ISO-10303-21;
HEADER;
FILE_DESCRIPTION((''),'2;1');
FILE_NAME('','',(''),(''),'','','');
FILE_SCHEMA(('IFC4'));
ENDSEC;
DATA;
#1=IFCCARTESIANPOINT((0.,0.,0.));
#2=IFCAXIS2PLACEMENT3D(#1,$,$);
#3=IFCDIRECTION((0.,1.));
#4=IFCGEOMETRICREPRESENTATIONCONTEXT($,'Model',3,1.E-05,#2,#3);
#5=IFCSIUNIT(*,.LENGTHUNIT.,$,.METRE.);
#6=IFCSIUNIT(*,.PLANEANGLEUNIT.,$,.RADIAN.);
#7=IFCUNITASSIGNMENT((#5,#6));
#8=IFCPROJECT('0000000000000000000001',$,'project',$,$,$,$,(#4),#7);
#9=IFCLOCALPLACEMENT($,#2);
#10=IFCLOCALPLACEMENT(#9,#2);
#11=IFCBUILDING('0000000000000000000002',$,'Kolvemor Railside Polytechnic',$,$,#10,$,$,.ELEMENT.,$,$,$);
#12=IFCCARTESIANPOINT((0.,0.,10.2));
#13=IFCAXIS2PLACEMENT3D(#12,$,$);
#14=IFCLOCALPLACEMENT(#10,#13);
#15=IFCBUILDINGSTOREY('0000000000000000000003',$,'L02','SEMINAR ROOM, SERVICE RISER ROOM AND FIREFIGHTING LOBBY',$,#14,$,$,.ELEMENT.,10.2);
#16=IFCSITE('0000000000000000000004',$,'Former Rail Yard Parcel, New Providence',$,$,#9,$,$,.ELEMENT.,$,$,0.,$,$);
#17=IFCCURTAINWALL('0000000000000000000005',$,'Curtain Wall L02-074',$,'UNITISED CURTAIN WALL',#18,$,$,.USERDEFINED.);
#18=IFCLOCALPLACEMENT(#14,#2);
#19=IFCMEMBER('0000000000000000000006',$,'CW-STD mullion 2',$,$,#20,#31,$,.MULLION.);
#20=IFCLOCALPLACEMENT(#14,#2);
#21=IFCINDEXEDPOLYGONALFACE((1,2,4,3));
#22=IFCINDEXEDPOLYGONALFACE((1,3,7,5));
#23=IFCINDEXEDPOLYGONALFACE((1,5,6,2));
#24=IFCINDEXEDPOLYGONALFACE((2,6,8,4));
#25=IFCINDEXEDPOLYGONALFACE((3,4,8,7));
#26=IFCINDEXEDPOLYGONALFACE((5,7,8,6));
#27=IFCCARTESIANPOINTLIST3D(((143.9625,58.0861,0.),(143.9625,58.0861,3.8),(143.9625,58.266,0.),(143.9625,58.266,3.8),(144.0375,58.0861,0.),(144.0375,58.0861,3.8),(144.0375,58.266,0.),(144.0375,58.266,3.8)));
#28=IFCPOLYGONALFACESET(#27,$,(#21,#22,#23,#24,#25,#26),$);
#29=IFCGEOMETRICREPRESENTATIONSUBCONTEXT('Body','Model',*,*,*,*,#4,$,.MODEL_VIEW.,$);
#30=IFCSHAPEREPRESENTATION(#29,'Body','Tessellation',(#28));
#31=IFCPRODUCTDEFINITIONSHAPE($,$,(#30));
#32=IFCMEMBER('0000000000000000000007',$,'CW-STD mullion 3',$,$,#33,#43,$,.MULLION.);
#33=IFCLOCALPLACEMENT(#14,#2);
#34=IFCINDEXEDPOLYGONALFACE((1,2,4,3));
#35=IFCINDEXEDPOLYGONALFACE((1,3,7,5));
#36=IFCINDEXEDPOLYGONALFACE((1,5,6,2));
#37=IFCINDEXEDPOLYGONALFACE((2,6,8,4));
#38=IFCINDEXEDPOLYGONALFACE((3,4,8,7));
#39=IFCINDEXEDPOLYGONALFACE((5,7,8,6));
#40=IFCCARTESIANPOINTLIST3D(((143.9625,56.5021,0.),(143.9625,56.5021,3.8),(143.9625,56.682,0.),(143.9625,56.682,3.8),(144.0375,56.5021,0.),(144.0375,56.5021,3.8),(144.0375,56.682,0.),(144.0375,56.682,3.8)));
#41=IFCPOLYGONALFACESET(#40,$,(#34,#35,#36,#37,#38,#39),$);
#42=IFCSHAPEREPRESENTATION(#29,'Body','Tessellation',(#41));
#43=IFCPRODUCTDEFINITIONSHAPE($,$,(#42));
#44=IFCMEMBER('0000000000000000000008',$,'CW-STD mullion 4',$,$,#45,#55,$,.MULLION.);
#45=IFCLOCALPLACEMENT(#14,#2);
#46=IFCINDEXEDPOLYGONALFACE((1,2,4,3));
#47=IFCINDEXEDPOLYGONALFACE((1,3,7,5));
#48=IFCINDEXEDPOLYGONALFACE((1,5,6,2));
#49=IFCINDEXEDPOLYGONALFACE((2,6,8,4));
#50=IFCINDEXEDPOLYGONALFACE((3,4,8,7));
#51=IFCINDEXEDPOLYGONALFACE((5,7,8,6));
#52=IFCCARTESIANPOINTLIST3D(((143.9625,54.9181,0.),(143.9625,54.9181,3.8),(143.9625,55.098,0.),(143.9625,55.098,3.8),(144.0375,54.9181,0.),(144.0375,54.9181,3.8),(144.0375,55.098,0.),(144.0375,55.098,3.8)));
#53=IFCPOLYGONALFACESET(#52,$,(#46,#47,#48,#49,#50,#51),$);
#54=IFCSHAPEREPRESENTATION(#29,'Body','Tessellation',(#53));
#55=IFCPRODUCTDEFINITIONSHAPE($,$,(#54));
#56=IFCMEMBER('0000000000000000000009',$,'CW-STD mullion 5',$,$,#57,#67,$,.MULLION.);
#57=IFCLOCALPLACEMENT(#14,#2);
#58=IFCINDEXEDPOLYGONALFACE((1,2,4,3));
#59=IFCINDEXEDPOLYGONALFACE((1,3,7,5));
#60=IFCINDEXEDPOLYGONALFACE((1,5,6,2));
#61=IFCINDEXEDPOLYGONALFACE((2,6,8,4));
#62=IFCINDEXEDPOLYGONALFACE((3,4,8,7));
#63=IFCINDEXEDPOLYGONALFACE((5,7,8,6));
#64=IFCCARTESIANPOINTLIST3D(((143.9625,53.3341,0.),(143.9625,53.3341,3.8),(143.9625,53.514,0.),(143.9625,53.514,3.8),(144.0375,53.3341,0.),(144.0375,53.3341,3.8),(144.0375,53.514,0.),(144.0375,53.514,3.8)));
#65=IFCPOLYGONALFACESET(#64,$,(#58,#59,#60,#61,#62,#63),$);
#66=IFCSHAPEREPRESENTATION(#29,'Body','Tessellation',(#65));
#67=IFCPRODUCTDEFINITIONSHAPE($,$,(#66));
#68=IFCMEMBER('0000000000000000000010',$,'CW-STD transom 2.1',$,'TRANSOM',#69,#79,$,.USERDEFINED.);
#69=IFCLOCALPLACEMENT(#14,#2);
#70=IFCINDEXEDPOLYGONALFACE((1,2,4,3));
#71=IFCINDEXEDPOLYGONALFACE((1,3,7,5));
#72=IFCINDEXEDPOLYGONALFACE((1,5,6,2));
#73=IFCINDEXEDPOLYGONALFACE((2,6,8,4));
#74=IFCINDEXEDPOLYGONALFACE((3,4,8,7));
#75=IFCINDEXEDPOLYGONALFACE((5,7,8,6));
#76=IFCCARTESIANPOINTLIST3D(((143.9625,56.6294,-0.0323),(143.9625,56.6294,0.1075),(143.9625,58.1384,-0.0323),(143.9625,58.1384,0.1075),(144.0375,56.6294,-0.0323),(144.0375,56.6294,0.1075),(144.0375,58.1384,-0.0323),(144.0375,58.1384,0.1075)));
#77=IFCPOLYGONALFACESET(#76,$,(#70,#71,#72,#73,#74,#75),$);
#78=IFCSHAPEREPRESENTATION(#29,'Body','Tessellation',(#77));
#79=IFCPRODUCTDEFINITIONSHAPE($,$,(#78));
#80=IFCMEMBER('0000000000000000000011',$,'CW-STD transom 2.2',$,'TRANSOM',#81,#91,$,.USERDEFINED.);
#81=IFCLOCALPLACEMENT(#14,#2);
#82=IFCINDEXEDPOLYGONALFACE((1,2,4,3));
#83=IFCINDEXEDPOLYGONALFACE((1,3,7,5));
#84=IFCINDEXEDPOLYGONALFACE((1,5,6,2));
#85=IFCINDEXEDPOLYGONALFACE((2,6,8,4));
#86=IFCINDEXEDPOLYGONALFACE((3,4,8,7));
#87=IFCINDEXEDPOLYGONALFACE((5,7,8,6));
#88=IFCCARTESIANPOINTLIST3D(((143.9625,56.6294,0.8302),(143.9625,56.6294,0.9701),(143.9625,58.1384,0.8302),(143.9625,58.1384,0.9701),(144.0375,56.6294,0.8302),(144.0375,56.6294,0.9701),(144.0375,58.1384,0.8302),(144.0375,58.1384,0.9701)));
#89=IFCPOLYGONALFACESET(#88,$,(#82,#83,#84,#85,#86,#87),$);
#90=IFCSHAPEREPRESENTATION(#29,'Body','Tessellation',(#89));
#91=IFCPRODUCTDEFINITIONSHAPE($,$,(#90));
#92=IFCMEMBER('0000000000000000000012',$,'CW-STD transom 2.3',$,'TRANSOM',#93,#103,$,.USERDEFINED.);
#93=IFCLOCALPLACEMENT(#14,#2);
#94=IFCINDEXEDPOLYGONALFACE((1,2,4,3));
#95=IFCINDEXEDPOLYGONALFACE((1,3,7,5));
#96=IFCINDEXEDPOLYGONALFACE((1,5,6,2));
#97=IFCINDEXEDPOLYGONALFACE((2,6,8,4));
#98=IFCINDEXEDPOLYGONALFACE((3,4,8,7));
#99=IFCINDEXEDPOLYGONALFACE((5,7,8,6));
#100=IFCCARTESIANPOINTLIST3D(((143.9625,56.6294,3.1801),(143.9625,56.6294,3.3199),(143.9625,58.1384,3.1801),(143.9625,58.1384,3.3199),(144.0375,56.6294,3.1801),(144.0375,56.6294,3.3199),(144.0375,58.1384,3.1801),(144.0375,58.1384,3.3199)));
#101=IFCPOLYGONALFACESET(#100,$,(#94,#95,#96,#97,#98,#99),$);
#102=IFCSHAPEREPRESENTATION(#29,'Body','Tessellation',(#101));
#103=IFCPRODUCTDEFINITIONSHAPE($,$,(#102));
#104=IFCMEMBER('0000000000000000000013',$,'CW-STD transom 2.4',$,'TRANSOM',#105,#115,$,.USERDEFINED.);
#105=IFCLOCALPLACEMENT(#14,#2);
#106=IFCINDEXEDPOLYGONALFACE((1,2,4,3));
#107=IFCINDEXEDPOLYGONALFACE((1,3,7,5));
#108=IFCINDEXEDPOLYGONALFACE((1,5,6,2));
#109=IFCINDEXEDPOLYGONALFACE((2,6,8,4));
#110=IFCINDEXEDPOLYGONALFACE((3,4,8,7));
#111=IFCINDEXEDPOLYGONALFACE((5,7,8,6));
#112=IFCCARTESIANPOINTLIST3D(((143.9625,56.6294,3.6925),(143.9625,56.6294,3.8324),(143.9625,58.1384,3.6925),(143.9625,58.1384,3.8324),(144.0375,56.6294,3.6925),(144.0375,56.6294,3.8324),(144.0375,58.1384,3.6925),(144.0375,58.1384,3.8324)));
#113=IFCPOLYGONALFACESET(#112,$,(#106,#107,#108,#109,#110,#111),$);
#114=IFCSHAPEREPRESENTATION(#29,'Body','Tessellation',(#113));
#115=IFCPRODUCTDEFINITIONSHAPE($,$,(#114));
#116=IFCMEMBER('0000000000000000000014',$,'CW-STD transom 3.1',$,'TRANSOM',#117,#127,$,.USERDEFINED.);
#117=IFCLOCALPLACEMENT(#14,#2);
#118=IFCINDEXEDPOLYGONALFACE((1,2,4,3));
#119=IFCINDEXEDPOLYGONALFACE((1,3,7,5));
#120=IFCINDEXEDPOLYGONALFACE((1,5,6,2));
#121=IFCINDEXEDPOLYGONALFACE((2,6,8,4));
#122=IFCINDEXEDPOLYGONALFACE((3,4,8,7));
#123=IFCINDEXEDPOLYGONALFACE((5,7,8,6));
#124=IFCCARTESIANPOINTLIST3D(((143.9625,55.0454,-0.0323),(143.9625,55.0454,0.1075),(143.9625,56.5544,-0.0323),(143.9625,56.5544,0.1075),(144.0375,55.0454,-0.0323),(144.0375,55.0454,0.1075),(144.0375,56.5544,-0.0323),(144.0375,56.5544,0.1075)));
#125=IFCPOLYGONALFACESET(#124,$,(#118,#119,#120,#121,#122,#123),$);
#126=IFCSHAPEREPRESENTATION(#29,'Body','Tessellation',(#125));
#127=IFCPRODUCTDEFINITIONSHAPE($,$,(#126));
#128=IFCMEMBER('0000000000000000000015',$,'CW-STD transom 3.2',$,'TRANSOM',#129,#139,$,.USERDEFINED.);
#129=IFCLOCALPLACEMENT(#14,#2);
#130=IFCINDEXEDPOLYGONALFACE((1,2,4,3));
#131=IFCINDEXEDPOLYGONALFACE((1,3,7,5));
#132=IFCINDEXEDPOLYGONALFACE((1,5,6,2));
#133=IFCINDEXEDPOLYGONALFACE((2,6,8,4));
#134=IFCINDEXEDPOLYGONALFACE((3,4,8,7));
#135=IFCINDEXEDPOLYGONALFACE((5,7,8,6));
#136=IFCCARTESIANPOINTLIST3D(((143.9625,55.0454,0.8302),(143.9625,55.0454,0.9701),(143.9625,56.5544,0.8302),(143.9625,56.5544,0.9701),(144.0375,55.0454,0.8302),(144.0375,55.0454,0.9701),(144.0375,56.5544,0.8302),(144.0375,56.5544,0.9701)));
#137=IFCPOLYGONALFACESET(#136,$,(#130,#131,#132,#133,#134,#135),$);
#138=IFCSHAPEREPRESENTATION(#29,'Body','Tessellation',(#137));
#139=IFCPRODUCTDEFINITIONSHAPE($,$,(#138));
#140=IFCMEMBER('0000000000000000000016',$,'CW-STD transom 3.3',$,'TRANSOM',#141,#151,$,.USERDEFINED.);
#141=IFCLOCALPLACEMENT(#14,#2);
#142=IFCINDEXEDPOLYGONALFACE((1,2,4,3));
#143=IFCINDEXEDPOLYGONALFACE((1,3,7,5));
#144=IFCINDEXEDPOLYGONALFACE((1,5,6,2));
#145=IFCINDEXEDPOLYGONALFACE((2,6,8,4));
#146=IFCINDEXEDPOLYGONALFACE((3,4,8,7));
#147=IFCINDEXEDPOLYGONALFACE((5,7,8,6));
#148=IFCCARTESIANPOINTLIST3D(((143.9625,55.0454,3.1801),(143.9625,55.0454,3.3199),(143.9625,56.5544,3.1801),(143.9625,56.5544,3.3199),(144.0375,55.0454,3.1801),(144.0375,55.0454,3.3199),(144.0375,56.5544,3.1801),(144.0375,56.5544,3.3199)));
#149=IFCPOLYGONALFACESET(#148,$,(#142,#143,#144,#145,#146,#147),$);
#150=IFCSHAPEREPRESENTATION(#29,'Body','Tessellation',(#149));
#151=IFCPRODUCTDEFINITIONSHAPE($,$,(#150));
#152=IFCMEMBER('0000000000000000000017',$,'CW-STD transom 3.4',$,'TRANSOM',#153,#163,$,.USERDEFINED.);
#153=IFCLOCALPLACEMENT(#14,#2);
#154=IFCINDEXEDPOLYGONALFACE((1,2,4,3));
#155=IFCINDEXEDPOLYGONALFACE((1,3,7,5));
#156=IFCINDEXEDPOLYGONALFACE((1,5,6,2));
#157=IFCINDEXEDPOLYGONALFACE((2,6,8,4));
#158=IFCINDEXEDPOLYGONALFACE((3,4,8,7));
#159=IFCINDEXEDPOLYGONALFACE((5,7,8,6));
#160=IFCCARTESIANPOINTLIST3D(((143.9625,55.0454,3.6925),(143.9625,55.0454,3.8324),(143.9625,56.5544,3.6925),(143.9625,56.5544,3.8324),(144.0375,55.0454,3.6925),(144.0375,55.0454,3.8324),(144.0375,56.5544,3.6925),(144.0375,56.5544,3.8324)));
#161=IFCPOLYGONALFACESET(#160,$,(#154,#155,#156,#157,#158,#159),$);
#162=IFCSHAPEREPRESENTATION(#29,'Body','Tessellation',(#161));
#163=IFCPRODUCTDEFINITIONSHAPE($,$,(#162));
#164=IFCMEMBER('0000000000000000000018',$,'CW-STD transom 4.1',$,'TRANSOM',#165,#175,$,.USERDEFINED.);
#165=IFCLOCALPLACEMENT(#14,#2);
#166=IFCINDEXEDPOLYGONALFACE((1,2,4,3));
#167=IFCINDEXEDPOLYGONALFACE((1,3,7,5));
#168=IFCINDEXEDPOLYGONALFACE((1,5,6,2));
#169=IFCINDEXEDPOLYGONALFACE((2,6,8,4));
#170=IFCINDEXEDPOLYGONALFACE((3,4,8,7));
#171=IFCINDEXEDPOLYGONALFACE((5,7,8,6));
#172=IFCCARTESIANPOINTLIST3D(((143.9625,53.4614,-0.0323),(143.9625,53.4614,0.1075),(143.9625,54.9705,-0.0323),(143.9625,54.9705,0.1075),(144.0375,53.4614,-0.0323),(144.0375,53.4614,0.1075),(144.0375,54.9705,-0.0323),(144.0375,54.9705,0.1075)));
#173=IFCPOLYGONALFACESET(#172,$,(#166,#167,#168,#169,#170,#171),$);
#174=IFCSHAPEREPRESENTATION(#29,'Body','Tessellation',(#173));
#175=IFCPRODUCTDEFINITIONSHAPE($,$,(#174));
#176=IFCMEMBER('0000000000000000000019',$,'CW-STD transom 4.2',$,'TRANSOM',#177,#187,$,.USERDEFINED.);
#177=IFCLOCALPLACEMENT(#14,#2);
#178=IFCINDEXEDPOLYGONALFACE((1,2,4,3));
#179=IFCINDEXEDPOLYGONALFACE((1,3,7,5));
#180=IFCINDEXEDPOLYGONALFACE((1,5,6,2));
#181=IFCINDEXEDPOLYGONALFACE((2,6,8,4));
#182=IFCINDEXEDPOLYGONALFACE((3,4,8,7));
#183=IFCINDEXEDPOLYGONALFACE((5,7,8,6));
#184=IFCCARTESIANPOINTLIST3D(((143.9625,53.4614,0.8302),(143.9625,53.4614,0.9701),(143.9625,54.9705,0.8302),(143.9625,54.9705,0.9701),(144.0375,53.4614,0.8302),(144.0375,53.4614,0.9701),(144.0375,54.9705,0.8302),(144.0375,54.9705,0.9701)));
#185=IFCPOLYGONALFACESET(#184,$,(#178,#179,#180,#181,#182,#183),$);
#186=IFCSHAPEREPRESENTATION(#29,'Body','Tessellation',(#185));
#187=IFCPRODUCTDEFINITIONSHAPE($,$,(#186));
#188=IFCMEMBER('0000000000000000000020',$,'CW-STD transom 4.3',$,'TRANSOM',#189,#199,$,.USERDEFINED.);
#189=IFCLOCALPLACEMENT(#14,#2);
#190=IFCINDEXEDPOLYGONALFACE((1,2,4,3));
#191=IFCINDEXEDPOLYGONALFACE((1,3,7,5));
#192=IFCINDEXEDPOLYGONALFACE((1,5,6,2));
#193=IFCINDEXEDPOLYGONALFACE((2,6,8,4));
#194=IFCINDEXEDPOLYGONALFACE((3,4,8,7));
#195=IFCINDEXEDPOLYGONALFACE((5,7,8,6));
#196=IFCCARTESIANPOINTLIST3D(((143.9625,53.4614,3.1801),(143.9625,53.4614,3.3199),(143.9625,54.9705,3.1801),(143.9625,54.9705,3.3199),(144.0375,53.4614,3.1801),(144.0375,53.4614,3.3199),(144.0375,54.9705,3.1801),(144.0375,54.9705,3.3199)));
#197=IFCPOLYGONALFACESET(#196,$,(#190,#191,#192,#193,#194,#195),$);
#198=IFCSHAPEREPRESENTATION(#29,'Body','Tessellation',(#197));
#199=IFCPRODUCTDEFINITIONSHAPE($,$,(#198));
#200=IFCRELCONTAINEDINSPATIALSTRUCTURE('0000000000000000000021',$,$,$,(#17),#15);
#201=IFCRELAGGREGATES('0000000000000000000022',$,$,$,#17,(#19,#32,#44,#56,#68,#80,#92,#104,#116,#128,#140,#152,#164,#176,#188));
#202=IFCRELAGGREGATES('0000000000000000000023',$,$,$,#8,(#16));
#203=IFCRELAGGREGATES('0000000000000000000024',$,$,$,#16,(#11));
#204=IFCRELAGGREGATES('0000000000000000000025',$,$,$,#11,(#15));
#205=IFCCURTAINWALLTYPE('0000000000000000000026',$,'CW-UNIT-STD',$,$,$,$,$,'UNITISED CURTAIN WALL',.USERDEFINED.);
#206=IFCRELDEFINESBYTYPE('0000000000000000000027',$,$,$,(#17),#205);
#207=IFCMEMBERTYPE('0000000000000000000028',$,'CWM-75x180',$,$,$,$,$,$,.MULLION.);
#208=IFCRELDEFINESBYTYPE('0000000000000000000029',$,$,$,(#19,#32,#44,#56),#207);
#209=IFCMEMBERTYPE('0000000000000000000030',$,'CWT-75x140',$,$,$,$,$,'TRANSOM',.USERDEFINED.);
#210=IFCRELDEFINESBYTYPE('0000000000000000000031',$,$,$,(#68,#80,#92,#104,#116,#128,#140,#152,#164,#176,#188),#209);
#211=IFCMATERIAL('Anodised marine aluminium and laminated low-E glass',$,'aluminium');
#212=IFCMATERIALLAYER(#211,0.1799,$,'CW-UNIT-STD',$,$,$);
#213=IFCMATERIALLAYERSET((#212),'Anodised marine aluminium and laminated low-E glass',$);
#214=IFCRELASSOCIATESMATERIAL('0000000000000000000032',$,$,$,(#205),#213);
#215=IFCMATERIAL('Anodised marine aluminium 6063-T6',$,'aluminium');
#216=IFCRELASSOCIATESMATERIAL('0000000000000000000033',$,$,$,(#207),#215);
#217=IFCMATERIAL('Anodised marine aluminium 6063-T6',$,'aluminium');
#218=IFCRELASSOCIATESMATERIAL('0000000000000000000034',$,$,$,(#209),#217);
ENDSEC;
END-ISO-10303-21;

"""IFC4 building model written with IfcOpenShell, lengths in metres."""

from ifc_helpers import new_model, si_unit, direction, frame, origin, origin_2d, place, context, subcontext, project, spatial, rectangle, extrude, material, layer, layer_set, material_profile, profile_set, type_object, element, aggregate, save


model = new_model("IFC4")

# Units and contexts
model_context = context("Model", 3, precision=1e-05, world=origin(), true_north=direction((0.0, 1.0)))
body_context = subcontext(model_context, "Body", "Model", "MODEL_VIEW")
ifc_project = project(units=[si_unit("LENGTHUNIT", "METRE"), si_unit("PLANEANGLEUNIT", "RADIAN")], contexts=[model_context])

# Site, building, storey
site_placement = place(None, origin())
site = spatial("IfcSite", under=ifc_project, at=site_placement, Name="Former Rail Yard Parcel, New Providence", CompositionType="ELEMENT", RefElevation=0.0)
building_placement = place(site_placement, origin())
building = spatial("IfcBuilding", under=site, at=building_placement, Name="Kolvemor Railside Polytechnic", CompositionType="ELEMENT")
storey_placement = place(building_placement, frame((0.0, 0.0, 10.2)))
storey = spatial("IfcBuildingStorey", under=building, at=storey_placement, Name="L02", Description="SEMINAR ROOM, SERVICE RISER ROOM AND FIREFIGHTING LOBBY", CompositionType="ELEMENT", Elevation=10.2)

# Curtain wall, members
ifc_material_1 = material(Name="Anodised marine aluminium and laminated low-E glass", Category="aluminium")
ifc_layer_1 = layer(ifc_material_1, 0.1799, Name="CW-UNIT-STD")
ifc_layer_set_1 = layer_set([ifc_layer_1], Name="Anodised marine aluminium and laminated low-E glass")
curtain_wall_type = type_object("IfcCurtainWallType", Name="CW-UNIT-STD", ElementType="UNITISED CURTAIN WALL", PredefinedType="USERDEFINED", material=ifc_layer_set_1)
curtain_wall_placement = place(storey_placement, origin())
curtain_wall = element("IfcCurtainWall", 1, at=curtain_wall_placement, inside=storey, type_object=curtain_wall_type, Name="Curtain Wall L02-074", ObjectType="UNITISED CURTAIN WALL", PredefinedType="USERDEFINED")
ifc_material_2 = material(Name="Anodised marine aluminium 6063-T6", Category="aluminium")
ifc_material_profile_1 = material_profile(ifc_material_2, rectangle(XDim=0.075, YDim=0.1799, at=origin_2d()), Name="CW-MUL-75x180")
ifc_profile_set_1 = profile_set([ifc_material_profile_1], Name="Anodised marine aluminium 6063-T6")
member_type_1 = type_object("IfcMemberType", Name="CWM-75x180", PredefinedType="MULLION", material=ifc_profile_set_1)
member_1_placement = place(storey_placement, frame((144.0, 58.176, 0.0), z_axis=(0.0, 0.0, 1.0), x_axis=(1.0, 0.0, 0.0)))
member_1 = element("IfcMember", 2, at=member_1_placement, type_object=member_type_1, Name="CW-STD mullion 2", PredefinedType="MULLION", context=body_context, shape_type="SweptSolid", body=[
    extrude(rectangle(XDim=0.075, YDim=0.1799, at=origin_2d()), origin(), (0.0, 0.0, 1.0), 3.8),
])
member_2_placement = place(storey_placement, frame((144.0, 56.592, 0.0), z_axis=(0.0, 0.0, 1.0), x_axis=(1.0, 0.0, 0.0)))
member_2 = element("IfcMember", 3, at=member_2_placement, type_object=member_type_1, Name="CW-STD mullion 3", PredefinedType="MULLION", context=body_context, shape_type="SweptSolid", body=[
    extrude(rectangle(XDim=0.075, YDim=0.1799, at=origin_2d()), origin(), (0.0, 0.0, 1.0), 3.8),
])
member_3_placement = place(storey_placement, frame((144.0, 55.0081, 0.0), z_axis=(0.0, 0.0, 1.0), x_axis=(1.0, 0.0, 0.0)))
member_3 = element("IfcMember", 4, at=member_3_placement, type_object=member_type_1, Name="CW-STD mullion 4", PredefinedType="MULLION", context=body_context, shape_type="SweptSolid", body=[
    extrude(rectangle(XDim=0.075, YDim=0.1799, at=origin_2d()), origin(), (0.0, 0.0, 1.0), 3.8),
])
member_4_placement = place(storey_placement, frame((144.0, 53.4241, 0.0), z_axis=(0.0, 0.0, 1.0), x_axis=(1.0, 0.0, 0.0)))
member_4 = element("IfcMember", 5, at=member_4_placement, type_object=member_type_1, Name="CW-STD mullion 5", PredefinedType="MULLION", context=body_context, shape_type="SweptSolid", body=[
    extrude(rectangle(XDim=0.075, YDim=0.1799, at=origin_2d()), origin(), (0.0, 0.0, 1.0), 3.8),
])
ifc_material_3 = material(Name="Anodised marine aluminium 6063-T6", Category="aluminium")
ifc_material_profile_2 = material_profile(ifc_material_3, rectangle(XDim=0.075, YDim=0.1399, at=origin_2d()), Name="CW-TRN-75x140")
ifc_profile_set_2 = profile_set([ifc_material_profile_2], Name="Anodised marine aluminium 6063-T6")
member_type_2 = type_object("IfcMemberType", Name="CWT-75x140", ElementType="TRANSOM", PredefinedType="USERDEFINED", material=ifc_profile_set_2)
member_5_placement = place(storey_placement, frame((144.0, 58.1384, 0.0376), z_axis=(0.0, -1.0, 0.0), x_axis=(1.0, 0.0, 0.0)))
member_5 = element("IfcMember", 6, at=member_5_placement, type_object=member_type_2, Name="CW-STD transom 2.1", ObjectType="TRANSOM", PredefinedType="USERDEFINED", context=body_context, shape_type="SweptSolid", body=[
    extrude(rectangle(XDim=0.075, YDim=0.1399, at=origin_2d()), origin(), (0.0, 0.0, 1.0), 1.509),
])
member_6_placement = place(storey_placement, frame((144.0, 58.1384, 0.9001), z_axis=(0.0, -1.0, 0.0), x_axis=(1.0, 0.0, 0.0)))
member_6 = element("IfcMember", 7, at=member_6_placement, type_object=member_type_2, Name="CW-STD transom 2.2", ObjectType="TRANSOM", PredefinedType="USERDEFINED", context=body_context, shape_type="SweptSolid", body=[
    extrude(rectangle(XDim=0.075, YDim=0.1399, at=origin_2d()), origin(), (0.0, 0.0, 1.0), 1.509),
])
member_7_placement = place(storey_placement, frame((144.0, 58.1384, 3.25), z_axis=(0.0, -1.0, 0.0), x_axis=(1.0, 0.0, 0.0)))
member_7 = element("IfcMember", 8, at=member_7_placement, type_object=member_type_2, Name="CW-STD transom 2.3", ObjectType="TRANSOM", PredefinedType="USERDEFINED", context=body_context, shape_type="SweptSolid", body=[
    extrude(rectangle(XDim=0.075, YDim=0.1399, at=origin_2d()), origin(), (0.0, 0.0, 1.0), 1.509),
])
member_8_placement = place(storey_placement, frame((144.0, 58.1384, 3.7625), z_axis=(0.0, -1.0, 0.0), x_axis=(1.0, 0.0, 0.0)))
member_8 = element("IfcMember", 9, at=member_8_placement, type_object=member_type_2, Name="CW-STD transom 2.4", ObjectType="TRANSOM", PredefinedType="USERDEFINED", context=body_context, shape_type="SweptSolid", body=[
    extrude(rectangle(XDim=0.075, YDim=0.1399, at=origin_2d()), origin(), (0.0, 0.0, 1.0), 1.509),
])
member_9_placement = place(storey_placement, frame((144.0, 56.5544, 0.0376), z_axis=(0.0, -1.0, 0.0), x_axis=(1.0, 0.0, 0.0)))
member_9 = element("IfcMember", 10, at=member_9_placement, type_object=member_type_2, Name="CW-STD transom 3.1", ObjectType="TRANSOM", PredefinedType="USERDEFINED", context=body_context, shape_type="SweptSolid", body=[
    extrude(rectangle(XDim=0.075, YDim=0.1399, at=origin_2d()), origin(), (0.0, 0.0, 1.0), 1.509),
])
member_10_placement = place(storey_placement, frame((144.0, 56.5544, 0.9001), z_axis=(0.0, -1.0, 0.0), x_axis=(1.0, 0.0, 0.0)))
member_10 = element("IfcMember", 11, at=member_10_placement, type_object=member_type_2, Name="CW-STD transom 3.2", ObjectType="TRANSOM", PredefinedType="USERDEFINED", context=body_context, shape_type="SweptSolid", body=[
    extrude(rectangle(XDim=0.075, YDim=0.1399, at=origin_2d()), origin(), (0.0, 0.0, 1.0), 1.509),
])
member_11_placement = place(storey_placement, frame((144.0, 56.5544, 3.25), z_axis=(0.0, -1.0, 0.0), x_axis=(1.0, 0.0, 0.0)))
member_11 = element("IfcMember", 12, at=member_11_placement, type_object=member_type_2, Name="CW-STD transom 3.3", ObjectType="TRANSOM", PredefinedType="USERDEFINED", context=body_context, shape_type="SweptSolid", body=[
    extrude(rectangle(XDim=0.075, YDim=0.1399, at=origin_2d()), origin(), (0.0, 0.0, 1.0), 1.509),
])
member_12_placement = place(storey_placement, frame((144.0, 56.5544, 3.7625), z_axis=(0.0, -1.0, 0.0), x_axis=(1.0, 0.0, 0.0)))
member_12 = element("IfcMember", 13, at=member_12_placement, type_object=member_type_2, Name="CW-STD transom 3.4", ObjectType="TRANSOM", PredefinedType="USERDEFINED", context=body_context, shape_type="SweptSolid", body=[
    extrude(rectangle(XDim=0.075, YDim=0.1399, at=origin_2d()), origin(), (0.0, 0.0, 1.0), 1.509),
])
member_13_placement = place(storey_placement, frame((144.0, 54.9705, 0.0376), z_axis=(0.0, -1.0, 0.0), x_axis=(1.0, 0.0, 0.0)))
member_13 = element("IfcMember", 14, at=member_13_placement, type_object=member_type_2, Name="CW-STD transom 4.1", ObjectType="TRANSOM", PredefinedType="USERDEFINED", context=body_context, shape_type="SweptSolid", body=[
    extrude(rectangle(XDim=0.075, YDim=0.1399, at=origin_2d()), origin(), (0.0, 0.0, 1.0), 1.509),
])
member_14_placement = place(storey_placement, frame((144.0, 54.9705, 0.9001), z_axis=(0.0, -1.0, 0.0), x_axis=(1.0, 0.0, 0.0)))
member_14 = element("IfcMember", 15, at=member_14_placement, type_object=member_type_2, Name="CW-STD transom 4.2", ObjectType="TRANSOM", PredefinedType="USERDEFINED", context=body_context, shape_type="SweptSolid", body=[
    extrude(rectangle(XDim=0.075, YDim=0.1399, at=origin_2d()), origin(), (0.0, 0.0, 1.0), 1.509),
])
member_15_placement = place(storey_placement, frame((144.0, 54.9705, 3.25), z_axis=(0.0, -1.0, 0.0), x_axis=(1.0, 0.0, 0.0)))
member_15 = element("IfcMember", 16, at=member_15_placement, type_object=member_type_2, Name="CW-STD transom 4.3", ObjectType="TRANSOM", PredefinedType="USERDEFINED", context=body_context, shape_type="SweptSolid", body=[
    extrude(rectangle(XDim=0.075, YDim=0.1399, at=origin_2d()), origin(), (0.0, 0.0, 1.0), 1.509),
])
aggregate(curtain_wall, [member_1, member_2, member_3, member_4, member_5, member_6, member_7, member_8, member_9, member_10, member_11, member_12, member_13, member_14, member_15])

save(model, "model.ifc")
